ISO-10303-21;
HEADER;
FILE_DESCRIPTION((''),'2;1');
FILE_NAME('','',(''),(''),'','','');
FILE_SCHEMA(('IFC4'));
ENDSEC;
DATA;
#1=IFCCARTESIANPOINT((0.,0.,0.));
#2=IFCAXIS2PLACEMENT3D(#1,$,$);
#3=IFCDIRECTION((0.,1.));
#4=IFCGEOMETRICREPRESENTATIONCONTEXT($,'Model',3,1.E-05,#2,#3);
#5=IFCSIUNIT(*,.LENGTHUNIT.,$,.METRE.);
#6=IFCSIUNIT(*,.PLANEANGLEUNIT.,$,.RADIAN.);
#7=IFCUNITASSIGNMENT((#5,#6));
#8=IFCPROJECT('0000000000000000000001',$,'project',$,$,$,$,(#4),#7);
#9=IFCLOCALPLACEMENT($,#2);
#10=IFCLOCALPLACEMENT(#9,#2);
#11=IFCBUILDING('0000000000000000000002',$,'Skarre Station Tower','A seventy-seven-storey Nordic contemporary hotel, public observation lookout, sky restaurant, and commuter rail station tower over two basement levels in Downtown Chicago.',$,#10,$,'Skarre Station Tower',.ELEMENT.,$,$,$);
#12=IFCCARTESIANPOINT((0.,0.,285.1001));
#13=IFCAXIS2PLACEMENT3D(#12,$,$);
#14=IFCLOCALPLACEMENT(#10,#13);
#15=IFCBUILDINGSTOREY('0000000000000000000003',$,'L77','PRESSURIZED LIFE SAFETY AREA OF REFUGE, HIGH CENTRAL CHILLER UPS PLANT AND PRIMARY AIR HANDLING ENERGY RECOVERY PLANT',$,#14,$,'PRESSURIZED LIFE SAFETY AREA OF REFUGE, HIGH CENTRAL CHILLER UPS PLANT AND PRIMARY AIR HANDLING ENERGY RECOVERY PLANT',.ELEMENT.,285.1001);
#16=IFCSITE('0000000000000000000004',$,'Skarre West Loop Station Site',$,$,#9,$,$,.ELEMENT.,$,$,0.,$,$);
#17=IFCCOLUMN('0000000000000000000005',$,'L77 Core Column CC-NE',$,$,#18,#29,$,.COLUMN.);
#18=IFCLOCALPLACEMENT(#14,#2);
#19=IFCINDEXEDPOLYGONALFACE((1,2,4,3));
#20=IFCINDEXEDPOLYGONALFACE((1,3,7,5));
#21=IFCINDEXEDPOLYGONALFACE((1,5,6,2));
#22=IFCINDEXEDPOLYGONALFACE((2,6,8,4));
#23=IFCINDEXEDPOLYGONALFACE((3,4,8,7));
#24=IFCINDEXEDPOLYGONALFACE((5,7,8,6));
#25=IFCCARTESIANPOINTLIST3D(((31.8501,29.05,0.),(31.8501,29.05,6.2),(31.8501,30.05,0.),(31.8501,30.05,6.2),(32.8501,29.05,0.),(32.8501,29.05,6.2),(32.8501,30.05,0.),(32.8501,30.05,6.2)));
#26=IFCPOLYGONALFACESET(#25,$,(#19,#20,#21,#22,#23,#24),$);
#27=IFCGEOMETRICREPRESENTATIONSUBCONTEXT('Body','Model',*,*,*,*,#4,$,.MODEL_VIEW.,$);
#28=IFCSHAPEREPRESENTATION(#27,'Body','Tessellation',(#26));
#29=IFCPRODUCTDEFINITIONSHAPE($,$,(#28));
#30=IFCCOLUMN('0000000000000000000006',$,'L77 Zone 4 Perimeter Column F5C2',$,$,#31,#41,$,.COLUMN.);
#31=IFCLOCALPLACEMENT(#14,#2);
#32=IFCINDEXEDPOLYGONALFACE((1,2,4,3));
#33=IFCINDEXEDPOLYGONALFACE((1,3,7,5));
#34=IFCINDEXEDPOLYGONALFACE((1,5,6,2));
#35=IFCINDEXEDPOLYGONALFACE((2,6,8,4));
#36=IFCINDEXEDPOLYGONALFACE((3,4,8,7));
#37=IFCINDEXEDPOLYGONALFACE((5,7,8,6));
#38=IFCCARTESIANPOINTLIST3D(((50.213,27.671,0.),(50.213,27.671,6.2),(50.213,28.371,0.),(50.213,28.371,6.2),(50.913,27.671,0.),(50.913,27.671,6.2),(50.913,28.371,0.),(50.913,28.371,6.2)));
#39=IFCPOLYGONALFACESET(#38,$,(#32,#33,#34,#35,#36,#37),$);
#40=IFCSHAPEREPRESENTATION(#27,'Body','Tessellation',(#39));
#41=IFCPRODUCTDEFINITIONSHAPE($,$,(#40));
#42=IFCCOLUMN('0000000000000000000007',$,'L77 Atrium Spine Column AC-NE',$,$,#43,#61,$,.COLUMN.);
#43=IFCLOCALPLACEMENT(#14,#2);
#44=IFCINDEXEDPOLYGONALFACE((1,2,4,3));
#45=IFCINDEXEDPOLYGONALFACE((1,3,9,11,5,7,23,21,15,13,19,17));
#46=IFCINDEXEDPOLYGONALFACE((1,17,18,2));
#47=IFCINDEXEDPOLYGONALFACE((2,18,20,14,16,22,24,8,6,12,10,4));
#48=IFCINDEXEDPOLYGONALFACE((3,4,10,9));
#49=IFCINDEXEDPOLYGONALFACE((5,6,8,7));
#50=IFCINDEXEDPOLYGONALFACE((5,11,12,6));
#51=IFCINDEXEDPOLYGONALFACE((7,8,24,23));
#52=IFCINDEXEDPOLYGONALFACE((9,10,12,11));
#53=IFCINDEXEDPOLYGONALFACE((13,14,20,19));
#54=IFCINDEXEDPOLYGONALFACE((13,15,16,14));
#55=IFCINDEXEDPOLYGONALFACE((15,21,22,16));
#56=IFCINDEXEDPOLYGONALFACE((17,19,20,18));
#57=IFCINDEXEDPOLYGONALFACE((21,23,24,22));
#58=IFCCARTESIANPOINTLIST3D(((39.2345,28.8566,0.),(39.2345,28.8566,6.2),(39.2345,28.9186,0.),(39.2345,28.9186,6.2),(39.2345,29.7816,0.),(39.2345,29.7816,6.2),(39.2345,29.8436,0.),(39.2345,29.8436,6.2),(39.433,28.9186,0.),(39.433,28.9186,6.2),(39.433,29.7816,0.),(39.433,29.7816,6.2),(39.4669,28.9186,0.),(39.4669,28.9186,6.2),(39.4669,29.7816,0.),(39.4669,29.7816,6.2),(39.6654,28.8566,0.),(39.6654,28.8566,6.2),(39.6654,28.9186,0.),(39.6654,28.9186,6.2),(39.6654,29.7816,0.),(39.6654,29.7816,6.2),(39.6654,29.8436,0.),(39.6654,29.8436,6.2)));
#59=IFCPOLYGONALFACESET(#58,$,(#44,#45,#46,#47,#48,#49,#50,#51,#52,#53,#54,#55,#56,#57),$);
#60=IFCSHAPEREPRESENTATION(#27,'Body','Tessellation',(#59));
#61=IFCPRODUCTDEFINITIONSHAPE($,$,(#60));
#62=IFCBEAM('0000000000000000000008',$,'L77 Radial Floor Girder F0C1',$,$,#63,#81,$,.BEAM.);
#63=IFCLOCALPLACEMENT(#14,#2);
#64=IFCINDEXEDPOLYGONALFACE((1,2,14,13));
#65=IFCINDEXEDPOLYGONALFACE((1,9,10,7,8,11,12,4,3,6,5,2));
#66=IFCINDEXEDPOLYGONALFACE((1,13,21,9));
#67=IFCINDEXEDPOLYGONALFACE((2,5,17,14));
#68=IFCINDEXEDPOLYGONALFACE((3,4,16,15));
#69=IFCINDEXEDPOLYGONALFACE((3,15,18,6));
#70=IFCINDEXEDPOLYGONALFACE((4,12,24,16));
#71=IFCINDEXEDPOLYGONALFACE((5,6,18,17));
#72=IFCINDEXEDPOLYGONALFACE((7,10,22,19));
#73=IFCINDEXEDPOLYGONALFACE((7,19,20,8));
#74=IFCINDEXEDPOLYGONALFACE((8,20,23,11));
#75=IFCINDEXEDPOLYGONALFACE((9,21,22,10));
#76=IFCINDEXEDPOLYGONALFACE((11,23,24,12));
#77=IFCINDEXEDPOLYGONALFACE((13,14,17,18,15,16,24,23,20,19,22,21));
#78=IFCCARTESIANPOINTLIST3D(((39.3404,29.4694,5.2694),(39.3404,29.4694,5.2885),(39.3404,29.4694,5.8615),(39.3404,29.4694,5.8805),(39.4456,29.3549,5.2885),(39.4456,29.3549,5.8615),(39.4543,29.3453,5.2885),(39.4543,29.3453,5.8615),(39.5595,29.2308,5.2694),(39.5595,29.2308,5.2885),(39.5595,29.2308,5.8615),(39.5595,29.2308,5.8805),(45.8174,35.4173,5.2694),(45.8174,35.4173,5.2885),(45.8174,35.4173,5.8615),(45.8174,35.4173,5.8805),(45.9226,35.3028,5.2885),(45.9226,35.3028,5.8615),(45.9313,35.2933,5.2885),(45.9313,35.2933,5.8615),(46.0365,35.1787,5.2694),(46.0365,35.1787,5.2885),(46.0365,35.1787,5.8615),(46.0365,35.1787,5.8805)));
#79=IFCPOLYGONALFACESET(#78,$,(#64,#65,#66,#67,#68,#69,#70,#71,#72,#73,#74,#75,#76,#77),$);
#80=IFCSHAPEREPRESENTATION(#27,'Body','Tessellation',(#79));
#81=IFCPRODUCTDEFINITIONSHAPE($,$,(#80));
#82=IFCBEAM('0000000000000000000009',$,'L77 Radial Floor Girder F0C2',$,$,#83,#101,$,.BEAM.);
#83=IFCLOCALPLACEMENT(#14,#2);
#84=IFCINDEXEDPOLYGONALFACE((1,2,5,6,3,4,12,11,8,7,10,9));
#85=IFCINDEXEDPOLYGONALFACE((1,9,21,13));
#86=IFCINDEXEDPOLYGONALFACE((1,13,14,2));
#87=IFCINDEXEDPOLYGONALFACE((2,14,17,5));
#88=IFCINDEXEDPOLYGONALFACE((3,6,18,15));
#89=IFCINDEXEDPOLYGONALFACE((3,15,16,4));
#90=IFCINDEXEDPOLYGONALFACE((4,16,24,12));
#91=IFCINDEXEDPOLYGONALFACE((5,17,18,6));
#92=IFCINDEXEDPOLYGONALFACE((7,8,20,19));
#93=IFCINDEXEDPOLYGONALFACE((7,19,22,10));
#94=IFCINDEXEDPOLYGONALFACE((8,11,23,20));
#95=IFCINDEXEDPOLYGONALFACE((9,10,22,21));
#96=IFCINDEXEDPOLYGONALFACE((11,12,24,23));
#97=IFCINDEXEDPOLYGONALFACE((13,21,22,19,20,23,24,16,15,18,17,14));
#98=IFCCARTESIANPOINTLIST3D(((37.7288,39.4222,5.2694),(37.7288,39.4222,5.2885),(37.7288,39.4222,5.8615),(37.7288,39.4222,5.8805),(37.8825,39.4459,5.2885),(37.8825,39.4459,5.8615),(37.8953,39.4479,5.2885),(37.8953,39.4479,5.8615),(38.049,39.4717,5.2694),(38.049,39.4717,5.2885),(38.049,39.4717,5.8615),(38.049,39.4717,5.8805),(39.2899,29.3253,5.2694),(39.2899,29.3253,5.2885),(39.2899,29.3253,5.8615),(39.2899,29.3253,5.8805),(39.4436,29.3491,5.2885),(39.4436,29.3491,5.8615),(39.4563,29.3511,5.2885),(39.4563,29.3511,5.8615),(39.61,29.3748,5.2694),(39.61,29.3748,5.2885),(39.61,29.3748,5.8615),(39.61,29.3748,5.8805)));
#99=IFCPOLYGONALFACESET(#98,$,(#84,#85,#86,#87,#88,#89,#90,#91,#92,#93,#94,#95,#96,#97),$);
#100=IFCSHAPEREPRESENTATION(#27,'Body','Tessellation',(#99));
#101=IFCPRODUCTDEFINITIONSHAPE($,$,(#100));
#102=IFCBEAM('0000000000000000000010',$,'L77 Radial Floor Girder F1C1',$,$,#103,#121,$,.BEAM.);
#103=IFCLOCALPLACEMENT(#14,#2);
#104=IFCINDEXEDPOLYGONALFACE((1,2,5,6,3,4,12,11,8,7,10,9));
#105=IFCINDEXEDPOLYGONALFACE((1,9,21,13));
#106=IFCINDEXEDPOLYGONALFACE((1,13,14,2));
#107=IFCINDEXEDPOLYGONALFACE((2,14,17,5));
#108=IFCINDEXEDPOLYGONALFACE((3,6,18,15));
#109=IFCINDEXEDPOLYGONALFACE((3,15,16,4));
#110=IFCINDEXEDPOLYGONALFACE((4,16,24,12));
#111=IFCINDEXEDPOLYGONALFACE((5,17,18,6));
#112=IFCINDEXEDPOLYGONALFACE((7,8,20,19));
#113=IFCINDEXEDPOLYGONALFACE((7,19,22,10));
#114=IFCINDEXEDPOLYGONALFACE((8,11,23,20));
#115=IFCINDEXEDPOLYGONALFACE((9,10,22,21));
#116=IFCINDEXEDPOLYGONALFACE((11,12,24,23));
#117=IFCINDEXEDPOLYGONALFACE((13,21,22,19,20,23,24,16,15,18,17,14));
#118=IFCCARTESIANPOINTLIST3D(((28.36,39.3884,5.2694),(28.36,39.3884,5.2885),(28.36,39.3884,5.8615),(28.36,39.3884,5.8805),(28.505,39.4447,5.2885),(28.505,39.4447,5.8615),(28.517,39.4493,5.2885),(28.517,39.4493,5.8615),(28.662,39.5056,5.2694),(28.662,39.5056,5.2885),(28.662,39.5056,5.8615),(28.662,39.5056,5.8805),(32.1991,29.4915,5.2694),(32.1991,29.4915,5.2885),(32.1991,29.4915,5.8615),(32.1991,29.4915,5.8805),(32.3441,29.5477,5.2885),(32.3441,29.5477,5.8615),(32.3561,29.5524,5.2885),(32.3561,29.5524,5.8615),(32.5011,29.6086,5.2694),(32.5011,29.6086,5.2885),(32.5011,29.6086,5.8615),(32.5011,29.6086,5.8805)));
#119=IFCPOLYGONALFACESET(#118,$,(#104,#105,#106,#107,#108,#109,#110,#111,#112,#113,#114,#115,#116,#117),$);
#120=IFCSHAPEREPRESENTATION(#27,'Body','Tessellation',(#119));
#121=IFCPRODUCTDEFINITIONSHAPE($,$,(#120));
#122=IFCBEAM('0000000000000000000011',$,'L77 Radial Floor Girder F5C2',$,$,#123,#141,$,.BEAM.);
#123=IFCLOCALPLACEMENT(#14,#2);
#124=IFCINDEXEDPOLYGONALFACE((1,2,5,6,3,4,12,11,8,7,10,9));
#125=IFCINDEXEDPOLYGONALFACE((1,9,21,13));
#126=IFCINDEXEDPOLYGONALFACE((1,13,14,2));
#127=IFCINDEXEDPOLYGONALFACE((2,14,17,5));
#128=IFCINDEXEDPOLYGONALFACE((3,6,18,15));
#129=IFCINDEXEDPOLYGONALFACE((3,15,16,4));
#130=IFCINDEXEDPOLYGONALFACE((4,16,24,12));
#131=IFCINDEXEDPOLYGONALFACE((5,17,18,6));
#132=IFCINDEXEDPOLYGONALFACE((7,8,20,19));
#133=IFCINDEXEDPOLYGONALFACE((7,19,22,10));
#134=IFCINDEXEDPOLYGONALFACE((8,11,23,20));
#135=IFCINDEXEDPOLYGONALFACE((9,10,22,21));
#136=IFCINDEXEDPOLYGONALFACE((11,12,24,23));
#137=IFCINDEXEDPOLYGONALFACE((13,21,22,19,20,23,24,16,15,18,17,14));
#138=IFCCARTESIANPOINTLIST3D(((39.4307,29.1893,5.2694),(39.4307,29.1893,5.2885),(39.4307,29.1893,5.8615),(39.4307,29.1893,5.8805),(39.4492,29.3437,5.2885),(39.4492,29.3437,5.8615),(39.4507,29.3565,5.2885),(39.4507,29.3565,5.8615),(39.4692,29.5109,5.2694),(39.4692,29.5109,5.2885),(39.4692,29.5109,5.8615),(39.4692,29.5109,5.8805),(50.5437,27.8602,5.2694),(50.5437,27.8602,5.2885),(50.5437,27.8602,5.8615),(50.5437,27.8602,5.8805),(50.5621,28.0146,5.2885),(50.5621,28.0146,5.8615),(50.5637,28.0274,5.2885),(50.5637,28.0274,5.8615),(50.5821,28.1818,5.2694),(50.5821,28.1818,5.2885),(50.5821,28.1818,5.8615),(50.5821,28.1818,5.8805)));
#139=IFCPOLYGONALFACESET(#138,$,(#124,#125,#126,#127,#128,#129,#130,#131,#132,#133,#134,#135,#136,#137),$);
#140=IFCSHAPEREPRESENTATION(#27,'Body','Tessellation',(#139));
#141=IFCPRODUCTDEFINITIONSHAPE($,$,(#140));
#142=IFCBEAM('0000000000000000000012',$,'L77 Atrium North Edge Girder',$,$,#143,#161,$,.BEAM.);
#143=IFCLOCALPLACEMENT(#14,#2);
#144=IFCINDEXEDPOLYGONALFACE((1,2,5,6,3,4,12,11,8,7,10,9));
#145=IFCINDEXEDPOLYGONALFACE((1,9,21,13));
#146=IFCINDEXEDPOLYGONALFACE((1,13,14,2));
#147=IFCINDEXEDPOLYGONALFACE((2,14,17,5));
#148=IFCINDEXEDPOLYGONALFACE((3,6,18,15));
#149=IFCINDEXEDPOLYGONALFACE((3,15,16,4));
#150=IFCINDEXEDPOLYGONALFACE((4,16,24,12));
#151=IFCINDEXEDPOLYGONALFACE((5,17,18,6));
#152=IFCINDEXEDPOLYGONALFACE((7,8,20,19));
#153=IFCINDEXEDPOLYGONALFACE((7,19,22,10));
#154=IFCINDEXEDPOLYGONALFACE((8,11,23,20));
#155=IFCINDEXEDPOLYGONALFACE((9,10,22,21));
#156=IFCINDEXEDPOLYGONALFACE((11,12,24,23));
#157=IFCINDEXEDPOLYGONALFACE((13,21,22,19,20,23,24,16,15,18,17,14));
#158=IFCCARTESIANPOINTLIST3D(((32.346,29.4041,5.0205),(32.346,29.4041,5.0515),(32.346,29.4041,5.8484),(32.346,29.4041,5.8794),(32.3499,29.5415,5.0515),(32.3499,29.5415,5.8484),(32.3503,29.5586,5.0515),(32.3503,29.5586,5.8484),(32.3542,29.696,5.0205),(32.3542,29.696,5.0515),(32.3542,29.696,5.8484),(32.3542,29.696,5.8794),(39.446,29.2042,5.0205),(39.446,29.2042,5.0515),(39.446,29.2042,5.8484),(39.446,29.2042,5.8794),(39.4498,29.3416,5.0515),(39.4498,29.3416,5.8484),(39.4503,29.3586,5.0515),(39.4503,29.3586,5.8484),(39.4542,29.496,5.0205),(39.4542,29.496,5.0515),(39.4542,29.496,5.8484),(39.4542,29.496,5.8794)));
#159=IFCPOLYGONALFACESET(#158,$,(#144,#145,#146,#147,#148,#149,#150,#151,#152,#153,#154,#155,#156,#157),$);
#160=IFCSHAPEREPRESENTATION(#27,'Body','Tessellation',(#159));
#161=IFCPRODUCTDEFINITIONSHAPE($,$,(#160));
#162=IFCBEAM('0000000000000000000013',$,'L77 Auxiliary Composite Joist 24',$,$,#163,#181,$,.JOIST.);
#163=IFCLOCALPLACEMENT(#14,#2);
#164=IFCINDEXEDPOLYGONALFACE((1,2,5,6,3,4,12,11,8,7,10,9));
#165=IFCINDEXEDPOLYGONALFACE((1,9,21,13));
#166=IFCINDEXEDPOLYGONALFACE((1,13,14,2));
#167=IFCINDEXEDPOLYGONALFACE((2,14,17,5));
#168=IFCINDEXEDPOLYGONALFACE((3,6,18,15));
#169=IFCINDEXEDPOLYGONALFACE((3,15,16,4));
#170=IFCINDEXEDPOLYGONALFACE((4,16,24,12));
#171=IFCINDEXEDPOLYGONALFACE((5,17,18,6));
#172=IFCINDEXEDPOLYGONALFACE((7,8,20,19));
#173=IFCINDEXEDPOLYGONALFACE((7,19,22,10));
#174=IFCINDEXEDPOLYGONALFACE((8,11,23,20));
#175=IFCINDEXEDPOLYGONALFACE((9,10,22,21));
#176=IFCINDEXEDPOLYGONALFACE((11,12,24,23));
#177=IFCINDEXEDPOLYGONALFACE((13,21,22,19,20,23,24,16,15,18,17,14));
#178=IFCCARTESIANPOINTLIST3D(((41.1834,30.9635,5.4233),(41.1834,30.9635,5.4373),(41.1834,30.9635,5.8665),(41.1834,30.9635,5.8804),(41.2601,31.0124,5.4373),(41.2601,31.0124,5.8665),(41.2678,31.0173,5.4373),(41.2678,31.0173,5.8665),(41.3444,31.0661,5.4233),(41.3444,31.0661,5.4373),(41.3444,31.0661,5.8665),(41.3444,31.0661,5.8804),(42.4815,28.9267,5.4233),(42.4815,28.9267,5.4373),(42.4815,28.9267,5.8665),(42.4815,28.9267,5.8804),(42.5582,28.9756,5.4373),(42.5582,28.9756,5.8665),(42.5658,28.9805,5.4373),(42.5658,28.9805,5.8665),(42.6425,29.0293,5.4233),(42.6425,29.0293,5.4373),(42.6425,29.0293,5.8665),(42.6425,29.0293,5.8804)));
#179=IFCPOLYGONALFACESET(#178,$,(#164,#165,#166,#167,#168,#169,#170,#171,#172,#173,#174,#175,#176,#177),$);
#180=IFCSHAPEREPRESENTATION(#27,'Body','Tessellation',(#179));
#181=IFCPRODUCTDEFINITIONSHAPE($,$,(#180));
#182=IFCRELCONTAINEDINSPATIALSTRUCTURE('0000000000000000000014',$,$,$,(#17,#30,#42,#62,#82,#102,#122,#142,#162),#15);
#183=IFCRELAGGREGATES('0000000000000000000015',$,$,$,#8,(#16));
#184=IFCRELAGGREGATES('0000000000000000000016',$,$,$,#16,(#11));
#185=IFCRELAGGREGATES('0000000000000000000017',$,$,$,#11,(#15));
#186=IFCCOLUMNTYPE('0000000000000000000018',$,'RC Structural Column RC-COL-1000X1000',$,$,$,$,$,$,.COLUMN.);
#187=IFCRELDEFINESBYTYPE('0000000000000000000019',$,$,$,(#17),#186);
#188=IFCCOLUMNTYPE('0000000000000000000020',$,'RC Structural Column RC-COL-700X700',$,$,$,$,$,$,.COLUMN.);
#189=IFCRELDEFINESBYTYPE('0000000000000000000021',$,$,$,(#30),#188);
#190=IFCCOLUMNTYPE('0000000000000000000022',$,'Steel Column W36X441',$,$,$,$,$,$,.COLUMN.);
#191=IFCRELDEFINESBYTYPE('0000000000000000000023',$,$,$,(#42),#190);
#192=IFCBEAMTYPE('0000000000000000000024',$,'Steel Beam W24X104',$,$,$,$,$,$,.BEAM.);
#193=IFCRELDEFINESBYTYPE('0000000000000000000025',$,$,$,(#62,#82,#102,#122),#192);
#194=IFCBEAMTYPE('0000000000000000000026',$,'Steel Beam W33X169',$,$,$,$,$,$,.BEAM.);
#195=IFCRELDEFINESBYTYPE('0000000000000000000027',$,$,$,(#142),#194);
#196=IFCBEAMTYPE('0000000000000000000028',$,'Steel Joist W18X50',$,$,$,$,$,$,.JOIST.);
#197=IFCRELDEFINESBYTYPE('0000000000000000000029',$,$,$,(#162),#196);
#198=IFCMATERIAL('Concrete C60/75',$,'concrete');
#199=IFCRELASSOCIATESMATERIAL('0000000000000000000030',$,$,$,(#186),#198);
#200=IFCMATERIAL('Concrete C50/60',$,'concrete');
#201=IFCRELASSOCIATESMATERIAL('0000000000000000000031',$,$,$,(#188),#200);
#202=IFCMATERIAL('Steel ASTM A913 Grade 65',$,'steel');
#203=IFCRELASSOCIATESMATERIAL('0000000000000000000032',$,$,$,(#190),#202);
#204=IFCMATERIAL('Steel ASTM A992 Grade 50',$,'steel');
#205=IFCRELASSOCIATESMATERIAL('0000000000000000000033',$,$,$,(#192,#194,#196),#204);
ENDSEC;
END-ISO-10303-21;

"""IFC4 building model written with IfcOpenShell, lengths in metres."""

from ifc_helpers import new_model, si_unit, direction, frame, origin, origin_2d, place, context, subcontext, project, spatial, rectangle, i_section, extrude, material, material_profile, profile_set, type_object, element, save


model = new_model("IFC4")

# Units and contexts
model_context = context("Model", 3, precision=1e-05, world=origin(), true_north=direction((0.0, 1.0)))
body_context = subcontext(model_context, "Body", "Model", "MODEL_VIEW")
ifc_project = project(units=[si_unit("LENGTHUNIT", "METRE"), si_unit("PLANEANGLEUNIT", "RADIAN")], contexts=[model_context])

# Site, building, storey
site_placement = place(None, origin())
site = spatial("IfcSite", under=ifc_project, at=site_placement, Name="Skarre West Loop Station Site", CompositionType="ELEMENT", RefElevation=0.0)
building_placement = place(site_placement, origin())
building = spatial("IfcBuilding", under=site, at=building_placement, Name="Skarre Station Tower", Description="A seventy-seven-storey Nordic contemporary hotel, public observation lookout, sky restaurant, and commuter rail station tower over two basement levels in Downtown Chicago.", LongName="Skarre Station Tower", CompositionType="ELEMENT")
storey_placement = place(building_placement, frame((0.0, 0.0, 285.1001)))
storey = spatial("IfcBuildingStorey", under=building, at=storey_placement, Name="L77", Description="PRESSURIZED LIFE SAFETY AREA OF REFUGE, HIGH CENTRAL CHILLER UPS PLANT AND PRIMARY AIR HANDLING ENERGY RECOVERY PLANT", LongName="PRESSURIZED LIFE SAFETY AREA OF REFUGE, HIGH CENTRAL CHILLER UPS PLANT AND PRIMARY AIR HANDLING ENERGY RECOVERY PLANT", CompositionType="ELEMENT", Elevation=285.1001)

# Columns
ifc_material_1 = material(Name="Concrete C60/75", Category="concrete")
ifc_material_profile_1 = material_profile(ifc_material_1, rectangle(XDim=1.0, YDim=1.0, at=origin_2d()), Name="Concrete C60/75")
ifc_profile_set_1 = profile_set([ifc_material_profile_1], Name="Concrete C60/75")
column_type_1 = type_object("IfcColumnType", Name="RC Structural Column RC-COL-1000X1000", PredefinedType="COLUMN", material=ifc_profile_set_1)
column_1_placement = place(storey_placement, frame((32.3501, 29.55, 0.0), z_axis=(0.0, 0.0, 1.0), x_axis=(1.0, 0.0, 0.0)))
element("IfcColumn", 1, at=column_1_placement, inside=storey, type_object=column_type_1, Name="L77 Core Column CC-NE", PredefinedType="COLUMN", context=body_context, shape_type="SweptSolid", body=[
    extrude(rectangle(XDim=1.0, YDim=1.0, at=origin_2d()), origin(), (0.0, 0.0, 1.0), 6.2),
])
ifc_material_2 = material(Name="Concrete C50/60", Category="concrete")
ifc_material_profile_2 = material_profile(ifc_material_2, rectangle(XDim=0.7, YDim=0.7, at=origin_2d()), Name="Concrete C50/60")
ifc_profile_set_2 = profile_set([ifc_material_profile_2], Name="Concrete C50/60")
column_type_2 = type_object("IfcColumnType", Name="RC Structural Column RC-COL-700X700", PredefinedType="COLUMN", material=ifc_profile_set_2)
column_2_placement = place(storey_placement, frame((50.563, 28.021, 0.0), z_axis=(0.0, 0.0, 1.0), x_axis=(1.0, 0.0, 0.0)))
element("IfcColumn", 2, at=column_2_placement, inside=storey, type_object=column_type_2, Name="L77 Zone 4 Perimeter Column F5C2", PredefinedType="COLUMN", context=body_context, shape_type="SweptSolid", body=[
    extrude(rectangle(XDim=0.7, YDim=0.7, at=origin_2d()), origin(), (0.0, 0.0, 1.0), 6.2),
])
ifc_material_3 = material(Name="Steel ASTM A913 Grade 65", Category="steel")
ifc_material_profile_3 = material_profile(ifc_material_3, i_section(OverallWidth=0.4309, OverallDepth=0.9871, WebThickness=0.0339, FlangeThickness=0.062, at=origin_2d()), Name="Steel ASTM A913 Grade 65")
ifc_profile_set_3 = profile_set([ifc_material_profile_3], Name="Steel ASTM A913 Grade 65")
column_type_3 = type_object("IfcColumnType", Name="Steel Column W36X441", PredefinedType="COLUMN", material=ifc_profile_set_3)
column_3_placement = place(storey_placement, frame((39.45, 29.3501, 0.0), z_axis=(0.0, 0.0, 1.0), x_axis=(1.0, 0.0, 0.0)))
element("IfcColumn", 3, at=column_3_placement, inside=storey, type_object=column_type_3, Name="L77 Atrium Spine Column AC-NE", PredefinedType="COLUMN", context=body_context, shape_type="SweptSolid", body=[
    extrude(i_section(OverallWidth=0.4309, OverallDepth=0.9871, WebThickness=0.0339, FlangeThickness=0.062, at=origin_2d()), origin(), (0.0, 0.0, 1.0), 6.2),
])

# Beams
ifc_material_4 = material(Name="Steel ASTM A992 Grade 50", Category="steel")
ifc_material_profile_4 = material_profile(ifc_material_4, i_section(OverallWidth=0.324, OverallDepth=0.6111, WebThickness=0.0129, FlangeThickness=0.019, at=origin_2d()), Name="Steel ASTM A992 Grade 50")
ifc_profile_set_4 = profile_set([ifc_material_profile_4], Name="Steel ASTM A992 Grade 50")
beam_type_1 = type_object("IfcBeamType", Name="Steel Beam W24X104", PredefinedType="BEAM", material=ifc_profile_set_4)
beam_1_placement = place(storey_placement, frame((39.45, 29.3501, 5.575), z_axis=(0.736548, 0.676386, 0.0), x_axis=(-0.676386, 0.736548, 0.0)))
element("IfcBeam", 4, at=beam_1_placement, inside=storey, type_object=beam_type_1, Name="L77 Radial Floor Girder F0C1", PredefinedType="BEAM", context=body_context, shape_type="SweptSolid", body=[
    extrude(i_section(OverallWidth=0.324, OverallDepth=0.6111, WebThickness=0.0129, FlangeThickness=0.019, at=origin_2d()), origin(), (0.0, 0.0, 1.0), 8.7937),
])
beam_2_placement = place(storey_placement, frame((39.45, 29.3501, 5.575), z_axis=(-0.15279, 0.988259, 0.0), x_axis=(-0.988259, -0.15279, 0.0)))
element("IfcBeam", 5, at=beam_2_placement, inside=storey, type_object=beam_type_1, Name="L77 Radial Floor Girder F0C2", PredefinedType="BEAM", context=body_context, shape_type="SweptSolid", body=[
    extrude(i_section(OverallWidth=0.324, OverallDepth=0.6111, WebThickness=0.0129, FlangeThickness=0.019, at=origin_2d()), origin(), (0.0, 0.0, 1.0), 10.2168),
])
beam_3_placement = place(storey_placement, frame((32.3501, 29.55, 5.575), z_axis=(-0.361651, 0.932313, 0.0), x_axis=(-0.932313, -0.361651, 0.0)))
element("IfcBeam", 6, at=beam_3_placement, inside=storey, type_object=beam_type_1, Name="L77 Radial Floor Girder F1C1", PredefinedType="BEAM", context=body_context, shape_type="SweptSolid", body=[
    extrude(i_section(OverallWidth=0.324, OverallDepth=0.6111, WebThickness=0.0129, FlangeThickness=0.019, at=origin_2d()), origin(), (0.0, 0.0, 1.0), 10.6155),
])
beam_4_placement = place(storey_placement, frame((39.45, 29.3501, 5.575), z_axis=(0.992924, -0.118752, 0.0), x_axis=(0.118752, 0.992924, 0.0)))
element("IfcBeam", 7, at=beam_4_placement, inside=storey, type_object=beam_type_1, Name="L77 Radial Floor Girder F5C2", PredefinedType="BEAM", context=body_context, shape_type="SweptSolid", body=[
    extrude(i_section(OverallWidth=0.324, OverallDepth=0.6111, WebThickness=0.0129, FlangeThickness=0.019, at=origin_2d()), origin(), (0.0, 0.0, 1.0), 11.1921),
])
ifc_material_profile_5 = material_profile(ifc_material_4, i_section(OverallWidth=0.292, OverallDepth=0.8589, WebThickness=0.0171, FlangeThickness=0.031, at=origin_2d()), Name="Steel ASTM A992 Grade 50")
ifc_profile_set_5 = profile_set([ifc_material_profile_5], Name="Steel ASTM A992 Grade 50")
beam_type_2 = type_object("IfcBeamType", Name="Steel Beam W33X169", PredefinedType="BEAM", material=ifc_profile_set_5)
beam_5_placement = place(storey_placement, frame((32.3501, 29.55, 5.45), z_axis=(0.999604, -0.028152, 0.0), x_axis=(0.028152, 0.999604, 0.0)))
element("IfcBeam", 8, at=beam_5_placement, inside=storey, type_object=beam_type_2, Name="L77 Atrium North Edge Girder", PredefinedType="BEAM", context=body_context, shape_type="SweptSolid", body=[
    extrude(i_section(OverallWidth=0.292, OverallDepth=0.8589, WebThickness=0.0171, FlangeThickness=0.031, at=origin_2d()), origin(), (0.0, 0.0, 1.0), 7.1028),
])
ifc_material_profile_6 = material_profile(ifc_material_4, i_section(OverallWidth=0.1909, OverallDepth=0.457, WebThickness=0.009, FlangeThickness=0.0139, at=origin_2d()), Name="Steel ASTM A992 Grade 50")
ifc_profile_set_6 = profile_set([ifc_material_profile_6], Name="Steel ASTM A992 Grade 50")
beam_type_3 = type_object("IfcBeamType", Name="Steel Joist W18X50", PredefinedType="JOIST", material=ifc_profile_set_6)
beam_6_placement = place(storey_placement, frame((42.562, 28.978, 5.6519), z_axis=(-0.537438, 0.843303, 0.0), x_axis=(-0.843303, -0.537438, 0.0)))
element("IfcBeam", 9, at=beam_6_placement, inside=storey, type_object=beam_type_3, Name="L77 Auxiliary Composite Joist 24", PredefinedType="JOIST", context=body_context, shape_type="SweptSolid", body=[
    extrude(i_section(OverallWidth=0.1909, OverallDepth=0.457, WebThickness=0.009, FlangeThickness=0.0139, at=origin_2d()), origin(), (0.0, 0.0, 1.0), 2.4153),
])

save(model, "model.ifc")
